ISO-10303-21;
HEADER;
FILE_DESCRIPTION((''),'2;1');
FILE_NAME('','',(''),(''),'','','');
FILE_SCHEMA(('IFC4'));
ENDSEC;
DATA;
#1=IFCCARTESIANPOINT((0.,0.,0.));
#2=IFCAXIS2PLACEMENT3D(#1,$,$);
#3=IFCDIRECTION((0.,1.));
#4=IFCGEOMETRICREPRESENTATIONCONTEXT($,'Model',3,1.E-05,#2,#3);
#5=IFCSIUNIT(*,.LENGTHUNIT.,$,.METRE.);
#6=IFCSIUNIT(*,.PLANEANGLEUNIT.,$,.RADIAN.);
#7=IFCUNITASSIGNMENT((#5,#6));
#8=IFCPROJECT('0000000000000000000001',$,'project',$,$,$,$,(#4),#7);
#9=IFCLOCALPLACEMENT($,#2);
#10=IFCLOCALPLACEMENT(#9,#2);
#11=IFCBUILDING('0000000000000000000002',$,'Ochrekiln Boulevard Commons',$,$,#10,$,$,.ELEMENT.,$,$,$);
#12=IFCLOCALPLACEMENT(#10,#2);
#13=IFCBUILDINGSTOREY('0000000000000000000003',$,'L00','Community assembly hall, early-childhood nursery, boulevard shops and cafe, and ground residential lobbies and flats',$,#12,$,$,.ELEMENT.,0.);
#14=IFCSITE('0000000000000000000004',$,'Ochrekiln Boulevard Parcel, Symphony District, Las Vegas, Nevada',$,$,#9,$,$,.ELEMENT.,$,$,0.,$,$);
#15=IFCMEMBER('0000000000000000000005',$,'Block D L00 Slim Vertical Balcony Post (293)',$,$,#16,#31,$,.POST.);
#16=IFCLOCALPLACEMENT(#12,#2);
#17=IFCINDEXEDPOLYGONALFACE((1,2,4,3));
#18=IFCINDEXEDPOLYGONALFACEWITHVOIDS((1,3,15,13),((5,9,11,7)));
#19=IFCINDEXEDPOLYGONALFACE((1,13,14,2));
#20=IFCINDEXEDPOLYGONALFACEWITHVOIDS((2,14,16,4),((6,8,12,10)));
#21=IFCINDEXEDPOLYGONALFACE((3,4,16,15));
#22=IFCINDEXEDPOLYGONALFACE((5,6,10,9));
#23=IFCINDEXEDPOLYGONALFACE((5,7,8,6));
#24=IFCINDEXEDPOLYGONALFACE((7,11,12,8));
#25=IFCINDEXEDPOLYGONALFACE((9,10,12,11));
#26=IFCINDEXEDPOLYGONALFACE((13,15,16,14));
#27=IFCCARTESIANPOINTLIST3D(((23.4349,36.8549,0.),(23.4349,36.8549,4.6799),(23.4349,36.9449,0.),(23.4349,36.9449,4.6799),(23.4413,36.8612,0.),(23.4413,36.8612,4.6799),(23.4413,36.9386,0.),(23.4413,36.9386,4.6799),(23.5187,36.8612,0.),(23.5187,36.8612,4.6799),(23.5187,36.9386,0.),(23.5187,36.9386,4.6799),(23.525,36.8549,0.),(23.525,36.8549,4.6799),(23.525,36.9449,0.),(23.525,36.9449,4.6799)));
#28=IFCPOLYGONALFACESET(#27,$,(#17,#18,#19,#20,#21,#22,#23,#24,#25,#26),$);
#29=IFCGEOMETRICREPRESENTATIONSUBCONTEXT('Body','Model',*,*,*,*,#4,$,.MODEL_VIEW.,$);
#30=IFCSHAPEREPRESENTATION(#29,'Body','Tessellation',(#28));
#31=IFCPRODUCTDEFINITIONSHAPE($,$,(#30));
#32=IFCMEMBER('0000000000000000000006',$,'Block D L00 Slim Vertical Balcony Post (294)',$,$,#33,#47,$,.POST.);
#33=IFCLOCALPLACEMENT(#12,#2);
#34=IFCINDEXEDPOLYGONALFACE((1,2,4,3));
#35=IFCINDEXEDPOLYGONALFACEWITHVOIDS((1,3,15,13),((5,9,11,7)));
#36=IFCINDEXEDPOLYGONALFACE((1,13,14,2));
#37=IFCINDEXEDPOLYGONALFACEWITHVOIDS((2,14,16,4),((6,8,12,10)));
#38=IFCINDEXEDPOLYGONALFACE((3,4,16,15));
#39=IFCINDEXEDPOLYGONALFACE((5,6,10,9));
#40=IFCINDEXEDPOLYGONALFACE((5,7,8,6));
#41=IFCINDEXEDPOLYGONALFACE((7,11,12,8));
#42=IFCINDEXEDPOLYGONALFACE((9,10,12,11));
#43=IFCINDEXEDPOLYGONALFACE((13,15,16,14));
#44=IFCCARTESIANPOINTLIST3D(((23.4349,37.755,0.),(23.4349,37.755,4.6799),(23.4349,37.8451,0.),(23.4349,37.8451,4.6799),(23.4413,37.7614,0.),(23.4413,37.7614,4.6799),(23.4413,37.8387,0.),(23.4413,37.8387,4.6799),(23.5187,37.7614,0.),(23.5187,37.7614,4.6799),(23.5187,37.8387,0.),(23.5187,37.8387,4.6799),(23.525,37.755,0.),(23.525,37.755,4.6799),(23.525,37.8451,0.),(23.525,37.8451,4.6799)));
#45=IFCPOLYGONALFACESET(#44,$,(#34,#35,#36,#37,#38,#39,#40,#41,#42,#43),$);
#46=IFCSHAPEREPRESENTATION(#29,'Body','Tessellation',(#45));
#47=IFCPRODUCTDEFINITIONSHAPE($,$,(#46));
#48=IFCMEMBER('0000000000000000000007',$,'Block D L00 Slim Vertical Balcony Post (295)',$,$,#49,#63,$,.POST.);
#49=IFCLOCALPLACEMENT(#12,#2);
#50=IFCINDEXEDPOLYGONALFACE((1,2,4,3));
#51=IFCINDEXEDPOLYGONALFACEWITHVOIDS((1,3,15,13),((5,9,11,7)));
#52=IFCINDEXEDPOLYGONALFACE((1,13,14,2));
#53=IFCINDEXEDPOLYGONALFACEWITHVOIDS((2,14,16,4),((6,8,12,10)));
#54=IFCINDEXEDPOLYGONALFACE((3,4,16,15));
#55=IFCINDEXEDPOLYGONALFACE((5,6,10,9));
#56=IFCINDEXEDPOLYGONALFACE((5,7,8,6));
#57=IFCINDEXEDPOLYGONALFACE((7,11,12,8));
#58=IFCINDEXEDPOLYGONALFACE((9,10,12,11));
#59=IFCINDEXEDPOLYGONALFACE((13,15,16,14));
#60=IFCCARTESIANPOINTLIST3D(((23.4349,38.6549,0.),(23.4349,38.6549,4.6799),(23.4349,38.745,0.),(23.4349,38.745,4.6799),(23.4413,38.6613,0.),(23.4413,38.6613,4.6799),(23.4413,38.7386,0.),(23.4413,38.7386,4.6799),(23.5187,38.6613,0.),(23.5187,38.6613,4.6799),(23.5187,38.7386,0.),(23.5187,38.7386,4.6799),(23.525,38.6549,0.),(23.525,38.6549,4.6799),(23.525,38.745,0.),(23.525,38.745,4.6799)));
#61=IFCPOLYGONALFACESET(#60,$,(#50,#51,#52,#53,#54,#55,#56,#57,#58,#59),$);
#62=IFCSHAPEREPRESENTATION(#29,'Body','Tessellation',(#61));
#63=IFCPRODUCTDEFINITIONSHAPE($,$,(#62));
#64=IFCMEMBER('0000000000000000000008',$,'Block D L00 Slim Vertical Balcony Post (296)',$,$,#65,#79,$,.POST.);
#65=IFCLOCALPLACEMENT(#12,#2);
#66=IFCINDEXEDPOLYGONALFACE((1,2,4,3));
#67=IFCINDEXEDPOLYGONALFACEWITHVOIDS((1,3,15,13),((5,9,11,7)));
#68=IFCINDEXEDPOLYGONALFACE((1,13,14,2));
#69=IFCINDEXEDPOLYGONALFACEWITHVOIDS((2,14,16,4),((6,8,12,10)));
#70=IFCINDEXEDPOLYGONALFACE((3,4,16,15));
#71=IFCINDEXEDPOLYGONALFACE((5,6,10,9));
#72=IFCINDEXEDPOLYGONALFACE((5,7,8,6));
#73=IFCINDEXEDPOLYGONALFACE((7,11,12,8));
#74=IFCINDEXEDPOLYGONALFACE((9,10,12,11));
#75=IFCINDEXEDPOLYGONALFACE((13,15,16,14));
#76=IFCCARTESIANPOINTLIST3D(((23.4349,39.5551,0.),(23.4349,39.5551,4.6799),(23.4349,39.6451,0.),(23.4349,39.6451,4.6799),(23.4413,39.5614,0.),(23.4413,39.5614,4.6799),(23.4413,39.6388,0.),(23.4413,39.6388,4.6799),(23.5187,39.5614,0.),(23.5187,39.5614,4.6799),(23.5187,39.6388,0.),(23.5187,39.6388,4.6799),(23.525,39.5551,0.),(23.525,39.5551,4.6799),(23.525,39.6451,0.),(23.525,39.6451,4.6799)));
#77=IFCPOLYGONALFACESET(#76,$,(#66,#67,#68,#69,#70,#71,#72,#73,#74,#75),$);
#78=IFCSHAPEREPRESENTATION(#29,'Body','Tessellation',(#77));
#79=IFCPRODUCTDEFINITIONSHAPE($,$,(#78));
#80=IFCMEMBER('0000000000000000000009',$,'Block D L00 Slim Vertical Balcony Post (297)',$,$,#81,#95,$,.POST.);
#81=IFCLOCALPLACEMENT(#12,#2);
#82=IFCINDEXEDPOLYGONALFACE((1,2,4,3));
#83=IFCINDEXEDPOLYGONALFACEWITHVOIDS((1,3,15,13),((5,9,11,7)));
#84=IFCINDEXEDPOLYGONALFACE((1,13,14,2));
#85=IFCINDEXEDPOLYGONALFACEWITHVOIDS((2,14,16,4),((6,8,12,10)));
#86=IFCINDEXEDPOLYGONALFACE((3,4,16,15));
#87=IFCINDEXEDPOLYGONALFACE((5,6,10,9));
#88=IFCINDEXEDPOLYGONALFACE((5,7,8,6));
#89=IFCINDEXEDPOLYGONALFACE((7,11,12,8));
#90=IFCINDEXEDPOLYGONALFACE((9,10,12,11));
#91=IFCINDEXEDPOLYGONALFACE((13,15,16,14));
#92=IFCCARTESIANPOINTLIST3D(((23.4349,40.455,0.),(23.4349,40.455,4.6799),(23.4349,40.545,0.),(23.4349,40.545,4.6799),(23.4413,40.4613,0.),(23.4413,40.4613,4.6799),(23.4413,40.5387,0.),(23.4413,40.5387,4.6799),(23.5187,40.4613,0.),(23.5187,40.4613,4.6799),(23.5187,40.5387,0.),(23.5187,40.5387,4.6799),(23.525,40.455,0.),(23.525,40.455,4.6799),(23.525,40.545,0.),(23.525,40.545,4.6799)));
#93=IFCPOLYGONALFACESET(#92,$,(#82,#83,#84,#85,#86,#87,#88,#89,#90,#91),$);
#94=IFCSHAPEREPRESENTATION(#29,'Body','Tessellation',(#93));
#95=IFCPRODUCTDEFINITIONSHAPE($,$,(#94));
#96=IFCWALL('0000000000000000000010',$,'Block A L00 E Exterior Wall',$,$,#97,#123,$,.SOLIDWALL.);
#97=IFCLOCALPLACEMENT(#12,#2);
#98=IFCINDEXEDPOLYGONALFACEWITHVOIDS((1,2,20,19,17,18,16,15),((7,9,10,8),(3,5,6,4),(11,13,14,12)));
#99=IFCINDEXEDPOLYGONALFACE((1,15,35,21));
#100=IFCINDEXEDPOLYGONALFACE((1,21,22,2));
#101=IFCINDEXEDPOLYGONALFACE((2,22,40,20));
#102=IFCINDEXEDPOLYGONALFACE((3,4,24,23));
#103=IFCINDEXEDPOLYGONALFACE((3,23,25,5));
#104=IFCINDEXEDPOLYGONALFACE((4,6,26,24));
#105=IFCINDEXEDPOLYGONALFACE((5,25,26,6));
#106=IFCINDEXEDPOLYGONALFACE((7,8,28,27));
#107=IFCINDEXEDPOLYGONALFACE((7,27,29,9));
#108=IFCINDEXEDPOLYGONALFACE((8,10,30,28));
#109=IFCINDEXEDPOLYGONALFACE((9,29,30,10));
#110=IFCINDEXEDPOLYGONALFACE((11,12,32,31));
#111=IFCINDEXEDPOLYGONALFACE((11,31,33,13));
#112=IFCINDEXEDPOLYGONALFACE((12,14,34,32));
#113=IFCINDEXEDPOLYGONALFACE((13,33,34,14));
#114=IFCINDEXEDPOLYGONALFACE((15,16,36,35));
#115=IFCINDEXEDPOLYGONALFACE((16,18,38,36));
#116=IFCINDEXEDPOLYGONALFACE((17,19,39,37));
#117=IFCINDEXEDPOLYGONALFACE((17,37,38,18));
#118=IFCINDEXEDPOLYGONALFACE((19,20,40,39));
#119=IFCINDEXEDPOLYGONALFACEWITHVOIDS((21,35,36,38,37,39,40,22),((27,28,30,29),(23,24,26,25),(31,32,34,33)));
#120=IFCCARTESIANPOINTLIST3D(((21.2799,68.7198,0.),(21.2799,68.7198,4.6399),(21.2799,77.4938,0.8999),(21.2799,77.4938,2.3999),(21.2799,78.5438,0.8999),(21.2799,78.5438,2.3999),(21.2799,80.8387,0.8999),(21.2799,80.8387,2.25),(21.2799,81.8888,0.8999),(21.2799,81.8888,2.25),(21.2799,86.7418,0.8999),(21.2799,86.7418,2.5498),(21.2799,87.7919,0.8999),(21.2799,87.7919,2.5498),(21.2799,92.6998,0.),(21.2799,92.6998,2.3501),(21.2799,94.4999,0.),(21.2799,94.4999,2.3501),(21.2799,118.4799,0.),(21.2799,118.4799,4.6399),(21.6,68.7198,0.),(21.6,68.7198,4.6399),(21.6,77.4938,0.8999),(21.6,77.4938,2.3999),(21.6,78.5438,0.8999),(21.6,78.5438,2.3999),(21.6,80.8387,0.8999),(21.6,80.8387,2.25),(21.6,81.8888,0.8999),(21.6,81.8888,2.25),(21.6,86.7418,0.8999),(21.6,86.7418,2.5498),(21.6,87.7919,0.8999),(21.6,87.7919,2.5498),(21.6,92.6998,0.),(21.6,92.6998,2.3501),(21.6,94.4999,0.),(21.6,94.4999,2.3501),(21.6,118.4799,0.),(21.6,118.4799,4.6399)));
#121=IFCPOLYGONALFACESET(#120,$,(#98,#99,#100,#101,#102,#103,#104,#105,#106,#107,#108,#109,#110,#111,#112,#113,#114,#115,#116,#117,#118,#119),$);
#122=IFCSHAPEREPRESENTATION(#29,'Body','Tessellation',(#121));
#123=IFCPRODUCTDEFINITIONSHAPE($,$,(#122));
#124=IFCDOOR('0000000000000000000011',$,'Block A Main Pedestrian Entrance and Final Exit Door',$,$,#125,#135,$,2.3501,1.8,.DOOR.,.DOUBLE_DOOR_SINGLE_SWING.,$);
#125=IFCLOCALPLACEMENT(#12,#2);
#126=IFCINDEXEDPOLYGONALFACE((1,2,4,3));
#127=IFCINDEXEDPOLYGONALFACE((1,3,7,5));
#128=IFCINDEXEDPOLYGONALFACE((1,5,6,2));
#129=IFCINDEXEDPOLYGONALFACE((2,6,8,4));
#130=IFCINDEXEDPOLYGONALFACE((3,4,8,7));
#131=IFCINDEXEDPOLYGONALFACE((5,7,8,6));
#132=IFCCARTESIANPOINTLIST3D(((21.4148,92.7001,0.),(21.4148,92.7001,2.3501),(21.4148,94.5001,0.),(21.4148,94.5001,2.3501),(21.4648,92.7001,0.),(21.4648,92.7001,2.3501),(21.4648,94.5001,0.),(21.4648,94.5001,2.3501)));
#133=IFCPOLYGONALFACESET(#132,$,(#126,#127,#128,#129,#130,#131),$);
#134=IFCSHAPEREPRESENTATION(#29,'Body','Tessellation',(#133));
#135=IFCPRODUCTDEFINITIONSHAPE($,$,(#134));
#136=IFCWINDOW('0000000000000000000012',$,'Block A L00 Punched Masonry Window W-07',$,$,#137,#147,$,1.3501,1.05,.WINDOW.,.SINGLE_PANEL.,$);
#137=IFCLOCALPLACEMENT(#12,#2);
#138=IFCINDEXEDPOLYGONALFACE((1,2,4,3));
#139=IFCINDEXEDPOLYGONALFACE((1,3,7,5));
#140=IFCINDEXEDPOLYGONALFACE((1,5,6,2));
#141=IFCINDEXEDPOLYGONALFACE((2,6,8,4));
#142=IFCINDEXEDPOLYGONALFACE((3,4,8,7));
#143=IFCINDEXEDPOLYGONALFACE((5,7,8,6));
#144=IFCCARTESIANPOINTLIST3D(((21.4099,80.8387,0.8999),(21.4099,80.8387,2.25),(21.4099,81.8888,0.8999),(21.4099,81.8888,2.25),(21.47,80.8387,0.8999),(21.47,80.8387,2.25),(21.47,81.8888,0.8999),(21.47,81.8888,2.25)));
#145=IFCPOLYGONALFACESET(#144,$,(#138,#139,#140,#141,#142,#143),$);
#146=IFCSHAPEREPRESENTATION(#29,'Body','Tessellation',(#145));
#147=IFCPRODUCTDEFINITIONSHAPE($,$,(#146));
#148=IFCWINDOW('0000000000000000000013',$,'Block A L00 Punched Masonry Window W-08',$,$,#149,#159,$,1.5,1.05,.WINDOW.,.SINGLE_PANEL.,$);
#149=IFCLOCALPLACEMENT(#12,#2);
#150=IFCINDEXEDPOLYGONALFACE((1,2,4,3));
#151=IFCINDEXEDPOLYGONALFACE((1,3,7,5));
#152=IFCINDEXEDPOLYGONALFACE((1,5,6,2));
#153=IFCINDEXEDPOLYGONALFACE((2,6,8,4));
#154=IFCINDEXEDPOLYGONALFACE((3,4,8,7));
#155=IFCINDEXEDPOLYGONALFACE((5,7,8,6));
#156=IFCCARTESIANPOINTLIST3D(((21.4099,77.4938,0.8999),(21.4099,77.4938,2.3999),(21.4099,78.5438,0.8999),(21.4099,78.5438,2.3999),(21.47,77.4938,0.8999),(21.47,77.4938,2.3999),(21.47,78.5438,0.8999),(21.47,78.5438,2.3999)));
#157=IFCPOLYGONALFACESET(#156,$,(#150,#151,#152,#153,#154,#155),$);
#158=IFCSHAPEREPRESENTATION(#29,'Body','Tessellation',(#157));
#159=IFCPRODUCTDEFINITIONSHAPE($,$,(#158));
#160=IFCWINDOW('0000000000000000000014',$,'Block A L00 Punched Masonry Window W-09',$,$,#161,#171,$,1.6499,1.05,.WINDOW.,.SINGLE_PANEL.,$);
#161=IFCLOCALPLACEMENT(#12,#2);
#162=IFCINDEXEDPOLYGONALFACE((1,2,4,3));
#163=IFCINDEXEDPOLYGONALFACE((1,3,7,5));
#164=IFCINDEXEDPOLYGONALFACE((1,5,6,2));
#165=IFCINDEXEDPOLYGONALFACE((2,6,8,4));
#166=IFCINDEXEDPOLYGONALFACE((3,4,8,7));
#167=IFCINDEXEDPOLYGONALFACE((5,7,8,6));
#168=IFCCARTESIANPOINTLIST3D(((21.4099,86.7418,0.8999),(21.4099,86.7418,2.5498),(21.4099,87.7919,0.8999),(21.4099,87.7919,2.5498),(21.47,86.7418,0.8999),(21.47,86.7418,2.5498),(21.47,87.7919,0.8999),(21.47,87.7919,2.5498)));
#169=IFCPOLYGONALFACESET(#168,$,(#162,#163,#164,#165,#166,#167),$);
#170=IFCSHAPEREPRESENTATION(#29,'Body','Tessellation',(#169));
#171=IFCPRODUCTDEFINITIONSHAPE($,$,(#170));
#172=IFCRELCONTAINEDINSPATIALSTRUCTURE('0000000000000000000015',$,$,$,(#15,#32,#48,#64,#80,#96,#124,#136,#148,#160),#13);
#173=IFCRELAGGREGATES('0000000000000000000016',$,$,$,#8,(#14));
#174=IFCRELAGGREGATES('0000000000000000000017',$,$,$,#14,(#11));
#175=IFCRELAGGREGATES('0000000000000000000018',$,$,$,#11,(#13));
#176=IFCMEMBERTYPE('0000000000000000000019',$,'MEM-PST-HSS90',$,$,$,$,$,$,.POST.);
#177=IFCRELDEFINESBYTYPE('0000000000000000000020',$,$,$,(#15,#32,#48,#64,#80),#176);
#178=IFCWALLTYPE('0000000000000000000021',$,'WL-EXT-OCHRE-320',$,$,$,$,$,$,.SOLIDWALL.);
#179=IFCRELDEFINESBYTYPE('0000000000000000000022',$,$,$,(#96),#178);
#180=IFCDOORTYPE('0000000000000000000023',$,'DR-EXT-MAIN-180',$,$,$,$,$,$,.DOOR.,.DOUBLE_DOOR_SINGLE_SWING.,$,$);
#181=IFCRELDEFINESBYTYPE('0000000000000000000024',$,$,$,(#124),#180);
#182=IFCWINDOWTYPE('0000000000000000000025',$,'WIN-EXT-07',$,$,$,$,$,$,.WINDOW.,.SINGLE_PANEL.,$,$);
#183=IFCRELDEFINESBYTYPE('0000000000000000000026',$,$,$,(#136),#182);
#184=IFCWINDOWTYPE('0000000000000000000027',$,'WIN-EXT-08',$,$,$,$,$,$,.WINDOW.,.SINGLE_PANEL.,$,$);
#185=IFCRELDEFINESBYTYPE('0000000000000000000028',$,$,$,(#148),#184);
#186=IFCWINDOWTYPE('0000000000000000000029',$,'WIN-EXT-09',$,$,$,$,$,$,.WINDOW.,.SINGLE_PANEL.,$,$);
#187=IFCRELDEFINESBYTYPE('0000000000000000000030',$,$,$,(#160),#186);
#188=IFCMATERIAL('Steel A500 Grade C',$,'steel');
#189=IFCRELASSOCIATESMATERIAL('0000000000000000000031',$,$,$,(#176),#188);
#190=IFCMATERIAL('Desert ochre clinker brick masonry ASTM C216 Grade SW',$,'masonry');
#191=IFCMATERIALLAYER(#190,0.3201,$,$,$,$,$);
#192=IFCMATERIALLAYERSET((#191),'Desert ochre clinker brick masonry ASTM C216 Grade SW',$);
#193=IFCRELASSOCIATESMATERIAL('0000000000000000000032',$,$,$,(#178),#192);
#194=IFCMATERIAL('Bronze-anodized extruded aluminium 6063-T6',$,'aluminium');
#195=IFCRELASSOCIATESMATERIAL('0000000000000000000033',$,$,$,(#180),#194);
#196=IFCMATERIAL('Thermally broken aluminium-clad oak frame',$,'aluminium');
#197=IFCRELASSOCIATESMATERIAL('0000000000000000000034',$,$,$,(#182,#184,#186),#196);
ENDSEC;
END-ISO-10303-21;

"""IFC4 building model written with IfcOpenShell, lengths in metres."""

from ifc_helpers import new_model, si_unit, direction, frame, frame_2d, origin, origin_2d, place, context, subcontext, project, spatial, rectangle, hollow_rectangle, extrude, material, layer, layer_set, material_profile, profile_set, type_object, element, fill, save


model = new_model("IFC4")

# Units and contexts
model_context = context("Model", 3, precision=1e-05, world=origin(), true_north=direction((0.0, 1.0)))
body_context = subcontext(model_context, "Body", "Model", "MODEL_VIEW")
ifc_project = project(units=[si_unit("LENGTHUNIT", "METRE"), si_unit("PLANEANGLEUNIT", "RADIAN")], contexts=[model_context])

# Site, building, storey
site_placement = place(None, origin())
site = spatial("IfcSite", under=ifc_project, at=site_placement, Name="Ochrekiln Boulevard Parcel, Symphony District, Las Vegas, Nevada", CompositionType="ELEMENT", RefElevation=0.0)
building_placement = place(site_placement, origin())
building = spatial("IfcBuilding", under=site, at=building_placement, Name="Ochrekiln Boulevard Commons", CompositionType="ELEMENT")
storey_placement = place(building_placement, origin())
storey = spatial("IfcBuildingStorey", under=building, at=storey_placement, Name="L00", Description="Community assembly hall, early-childhood nursery, boulevard shops and cafe, and ground residential lobbies and flats", CompositionType="ELEMENT", Elevation=0.0)

# Members
ifc_material_1 = material(Name="Steel A500 Grade C", Category="steel")
ifc_material_profile_1 = material_profile(ifc_material_1, hollow_rectangle(XDim=0.0901, YDim=0.0901, WallThickness=0.0063, at=origin_2d()), Name="HSS90X90X6.4")
ifc_profile_set_1 = profile_set([ifc_material_profile_1], Name="Steel A500 Grade C")
member_type = type_object("IfcMemberType", Name="MEM-PST-HSS90", PredefinedType="POST", material=ifc_profile_set_1)
for number, where, z_axis, x_axis, name in (
    (1, (23.48, 36.8999, 0.0), (0.0, 0.0, 1.0), (1.0, 0.0, 0.0), "Block D L00 Slim Vertical Balcony Post (293)"),
    (2, (23.48, 37.8, 0.0), (0.0, 0.0, 1.0), (1.0, 0.0, 0.0), "Block D L00 Slim Vertical Balcony Post (294)"),
    (3, (23.48, 38.7, 0.0), (0.0, 0.0, 1.0), (1.0, 0.0, 0.0), "Block D L00 Slim Vertical Balcony Post (295)"),
    (4, (23.48, 39.6001, 0.0), (0.0, 0.0, 1.0), (1.0, 0.0, 0.0), "Block D L00 Slim Vertical Balcony Post (296)"),
    (5, (23.48, 40.5, 0.0), (0.0, 0.0, 1.0), (1.0, 0.0, 0.0), "Block D L00 Slim Vertical Balcony Post (297)"),
):
    element("IfcMember", number, at=place(storey_placement, frame(where, z_axis=z_axis, x_axis=x_axis)), inside=storey, type_object=member_type, Name=name, PredefinedType="POST", context=body_context, shape_type="SweptSolid", body=[
        extrude(hollow_rectangle(XDim=0.0901, YDim=0.0901, WallThickness=0.0063, at=origin_2d()), origin(), (0.0, 0.0, 1.0), 4.6799),
    ])

# Wall, openings, door, windows
ifc_material_2 = material(Name="Desert ochre clinker brick masonry ASTM C216 Grade SW", Category="masonry")
ifc_layer_1 = layer(ifc_material_2, 0.3201)
ifc_layer_set_1 = layer_set([ifc_layer_1], Name="Desert ochre clinker brick masonry ASTM C216 Grade SW")
wall_type_1 = type_object("IfcWallType", Name="WL-EXT-OCHRE-320", PredefinedType="SOLIDWALL", material=ifc_layer_set_1)
wall_1_placement = place(storey_placement, frame((21.4399, 68.72, 0.0), z_axis=(0.0, 0.0, 1.0), x_axis=(0.0, 1.0, 0.0)))
wall_1 = element("IfcWall", 6, at=wall_1_placement, inside=storey, type_object=wall_type_1, Name="Block A L00 E Exterior Wall", PredefinedType="SOLIDWALL", context=body_context, shape_type="SweptSolid", body=[
    extrude(rectangle(XDim=49.76, YDim=0.3201, at=frame_2d((24.8799, 0.0))), origin(), (0.0, 0.0, 1.0), 4.6399),
])
opening_1_placement = place(wall_1_placement, frame((23.98, 0.0, 0.0)))
opening_1 = element("IfcOpeningElement", 7, at=opening_1_placement, cuts=wall_1, PredefinedType="OPENING", context=body_context, shape_type="SweptSolid", body=[
    extrude(rectangle(XDim=1.8, YDim=2.3501, at=frame_2d((0.8999, 1.175))), frame((0.0, 0.1699, 0.0), z_axis=(0.0, -1.0, 0.0), x_axis=(1.0, 0.0, 0.0)), (0.0, 0.0, 1.0), 0.3401),
])
opening_2_placement = place(wall_1_placement, frame((12.1189, 0.0, 0.8999)))
opening_2 = element("IfcOpeningElement", 8, at=opening_2_placement, cuts=wall_1, PredefinedType="OPENING", context=body_context, shape_type="SweptSolid", body=[
    extrude(rectangle(XDim=1.05, YDim=1.3501, at=frame_2d((0.5249, 0.675))), frame((0.0, 0.1699, 0.0), z_axis=(0.0, -1.0, 0.0), x_axis=(1.0, 0.0, 0.0)), (0.0, 0.0, 1.0), 0.3401),
])
opening_3_placement = place(wall_1_placement, frame((8.7739, 0.0, 0.8999)))
opening_3 = element("IfcOpeningElement", 9, at=opening_3_placement, cuts=wall_1, PredefinedType="OPENING", context=body_context, shape_type="SweptSolid", body=[
    extrude(rectangle(XDim=1.05, YDim=1.5, at=frame_2d((0.5249, 0.75))), frame((0.0, 0.1699, 0.0), z_axis=(0.0, -1.0, 0.0), x_axis=(1.0, 0.0, 0.0)), (0.0, 0.0, 1.0), 0.3401),
])
opening_4_placement = place(wall_1_placement, frame((18.022, 0.0, 0.8999)))
opening_4 = element("IfcOpeningElement", 10, at=opening_4_placement, cuts=wall_1, PredefinedType="OPENING", context=body_context, shape_type="SweptSolid", body=[
    extrude(rectangle(XDim=1.05, YDim=1.6499, at=frame_2d((0.5249, 0.825))), frame((0.0, 0.1699, 0.0), z_axis=(0.0, -1.0, 0.0), x_axis=(1.0, 0.0, 0.0)), (0.0, 0.0, 1.0), 0.3401),
])
ifc_material_3 = material(Name="Bronze-anodized extruded aluminium 6063-T6", Category="aluminium")
door_type = type_object("IfcDoorType", Name="DR-EXT-MAIN-180", OperationType="DOUBLE_DOOR_SINGLE_SWING", PredefinedType="DOOR", material=ifc_material_3)
door_placement = place(opening_1_placement, frame((1.8, 0.0, 0.0), z_axis=(0.0, 0.0, 1.0), x_axis=(-1.0, 0.0, 0.0)))
door = element("IfcDoor", 11, at=door_placement, inside=storey, type_object=door_type, Name="Block A Main Pedestrian Entrance and Final Exit Door", OperationType="DOUBLE_DOOR_SINGLE_SWING", OverallHeight=2.3501, OverallWidth=1.8, PredefinedType="DOOR", context=body_context, shape_type="SweptSolid", body=[
    extrude(rectangle(XDim=1.8, YDim=2.3501, at=frame_2d((0.8999, 1.175))), frame((0.0, 0.0249, 0.0), z_axis=(0.0, -1.0, 0.0), x_axis=(1.0, 0.0, 0.0)), (0.0, 0.0, 1.0), 0.05),
])
fill(opening_1, door)
ifc_material_4 = material(Name="Thermally broken aluminium-clad oak frame", Category="aluminium")
window_type_1 = type_object("IfcWindowType", Name="WIN-EXT-07", PartitioningType="SINGLE_PANEL", PredefinedType="WINDOW", material=ifc_material_4)
window_1_placement = place(opening_2_placement, origin())
window_1 = element("IfcWindow", 12, at=window_1_placement, inside=storey, type_object=window_type_1, Name="Block A L00 Punched Masonry Window W-07", OverallHeight=1.3501, OverallWidth=1.05, PartitioningType="SINGLE_PANEL", PredefinedType="WINDOW", context=body_context, shape_type="SweptSolid", body=[
    extrude(rectangle(XDim=1.05, YDim=1.3501, at=frame_2d((0.5249, 0.675))), frame((0.0, 0.03, 0.0), z_axis=(0.0, -1.0, 0.0), x_axis=(1.0, 0.0, 0.0)), (0.0, 0.0, 1.0), 0.0601),
])
fill(opening_2, window_1)
window_type_2 = type_object("IfcWindowType", Name="WIN-EXT-08", PartitioningType="SINGLE_PANEL", PredefinedType="WINDOW", material=ifc_material_4)
window_2_placement = place(opening_3_placement, origin())
window_2 = element("IfcWindow", 13, at=window_2_placement, inside=storey, type_object=window_type_2, Name="Block A L00 Punched Masonry Window W-08", OverallHeight=1.5, OverallWidth=1.05, PartitioningType="SINGLE_PANEL", PredefinedType="WINDOW", context=body_context, shape_type="SweptSolid", body=[
    extrude(rectangle(XDim=1.05, YDim=1.5, at=frame_2d((0.5249, 0.75))), frame((0.0, 0.03, 0.0), z_axis=(0.0, -1.0, 0.0), x_axis=(1.0, 0.0, 0.0)), (0.0, 0.0, 1.0), 0.0601),
])
fill(opening_3, window_2)
window_type_3 = type_object("IfcWindowType", Name="WIN-EXT-09", PartitioningType="SINGLE_PANEL", PredefinedType="WINDOW", material=ifc_material_4)
window_3_placement = place(opening_4_placement, origin())
window_3 = element("IfcWindow", 14, at=window_3_placement, inside=storey, type_object=window_type_3, Name="Block A L00 Punched Masonry Window W-09", OverallHeight=1.6499, OverallWidth=1.05, PartitioningType="SINGLE_PANEL", PredefinedType="WINDOW", context=body_context, shape_type="SweptSolid", body=[
    extrude(rectangle(XDim=1.05, YDim=1.6499, at=frame_2d((0.5249, 0.825))), frame((0.0, 0.03, 0.0), z_axis=(0.0, -1.0, 0.0), x_axis=(1.0, 0.0, 0.0)), (0.0, 0.0, 1.0), 0.0601),
])
fill(opening_4, window_3)

save(model, "model.ifc")
